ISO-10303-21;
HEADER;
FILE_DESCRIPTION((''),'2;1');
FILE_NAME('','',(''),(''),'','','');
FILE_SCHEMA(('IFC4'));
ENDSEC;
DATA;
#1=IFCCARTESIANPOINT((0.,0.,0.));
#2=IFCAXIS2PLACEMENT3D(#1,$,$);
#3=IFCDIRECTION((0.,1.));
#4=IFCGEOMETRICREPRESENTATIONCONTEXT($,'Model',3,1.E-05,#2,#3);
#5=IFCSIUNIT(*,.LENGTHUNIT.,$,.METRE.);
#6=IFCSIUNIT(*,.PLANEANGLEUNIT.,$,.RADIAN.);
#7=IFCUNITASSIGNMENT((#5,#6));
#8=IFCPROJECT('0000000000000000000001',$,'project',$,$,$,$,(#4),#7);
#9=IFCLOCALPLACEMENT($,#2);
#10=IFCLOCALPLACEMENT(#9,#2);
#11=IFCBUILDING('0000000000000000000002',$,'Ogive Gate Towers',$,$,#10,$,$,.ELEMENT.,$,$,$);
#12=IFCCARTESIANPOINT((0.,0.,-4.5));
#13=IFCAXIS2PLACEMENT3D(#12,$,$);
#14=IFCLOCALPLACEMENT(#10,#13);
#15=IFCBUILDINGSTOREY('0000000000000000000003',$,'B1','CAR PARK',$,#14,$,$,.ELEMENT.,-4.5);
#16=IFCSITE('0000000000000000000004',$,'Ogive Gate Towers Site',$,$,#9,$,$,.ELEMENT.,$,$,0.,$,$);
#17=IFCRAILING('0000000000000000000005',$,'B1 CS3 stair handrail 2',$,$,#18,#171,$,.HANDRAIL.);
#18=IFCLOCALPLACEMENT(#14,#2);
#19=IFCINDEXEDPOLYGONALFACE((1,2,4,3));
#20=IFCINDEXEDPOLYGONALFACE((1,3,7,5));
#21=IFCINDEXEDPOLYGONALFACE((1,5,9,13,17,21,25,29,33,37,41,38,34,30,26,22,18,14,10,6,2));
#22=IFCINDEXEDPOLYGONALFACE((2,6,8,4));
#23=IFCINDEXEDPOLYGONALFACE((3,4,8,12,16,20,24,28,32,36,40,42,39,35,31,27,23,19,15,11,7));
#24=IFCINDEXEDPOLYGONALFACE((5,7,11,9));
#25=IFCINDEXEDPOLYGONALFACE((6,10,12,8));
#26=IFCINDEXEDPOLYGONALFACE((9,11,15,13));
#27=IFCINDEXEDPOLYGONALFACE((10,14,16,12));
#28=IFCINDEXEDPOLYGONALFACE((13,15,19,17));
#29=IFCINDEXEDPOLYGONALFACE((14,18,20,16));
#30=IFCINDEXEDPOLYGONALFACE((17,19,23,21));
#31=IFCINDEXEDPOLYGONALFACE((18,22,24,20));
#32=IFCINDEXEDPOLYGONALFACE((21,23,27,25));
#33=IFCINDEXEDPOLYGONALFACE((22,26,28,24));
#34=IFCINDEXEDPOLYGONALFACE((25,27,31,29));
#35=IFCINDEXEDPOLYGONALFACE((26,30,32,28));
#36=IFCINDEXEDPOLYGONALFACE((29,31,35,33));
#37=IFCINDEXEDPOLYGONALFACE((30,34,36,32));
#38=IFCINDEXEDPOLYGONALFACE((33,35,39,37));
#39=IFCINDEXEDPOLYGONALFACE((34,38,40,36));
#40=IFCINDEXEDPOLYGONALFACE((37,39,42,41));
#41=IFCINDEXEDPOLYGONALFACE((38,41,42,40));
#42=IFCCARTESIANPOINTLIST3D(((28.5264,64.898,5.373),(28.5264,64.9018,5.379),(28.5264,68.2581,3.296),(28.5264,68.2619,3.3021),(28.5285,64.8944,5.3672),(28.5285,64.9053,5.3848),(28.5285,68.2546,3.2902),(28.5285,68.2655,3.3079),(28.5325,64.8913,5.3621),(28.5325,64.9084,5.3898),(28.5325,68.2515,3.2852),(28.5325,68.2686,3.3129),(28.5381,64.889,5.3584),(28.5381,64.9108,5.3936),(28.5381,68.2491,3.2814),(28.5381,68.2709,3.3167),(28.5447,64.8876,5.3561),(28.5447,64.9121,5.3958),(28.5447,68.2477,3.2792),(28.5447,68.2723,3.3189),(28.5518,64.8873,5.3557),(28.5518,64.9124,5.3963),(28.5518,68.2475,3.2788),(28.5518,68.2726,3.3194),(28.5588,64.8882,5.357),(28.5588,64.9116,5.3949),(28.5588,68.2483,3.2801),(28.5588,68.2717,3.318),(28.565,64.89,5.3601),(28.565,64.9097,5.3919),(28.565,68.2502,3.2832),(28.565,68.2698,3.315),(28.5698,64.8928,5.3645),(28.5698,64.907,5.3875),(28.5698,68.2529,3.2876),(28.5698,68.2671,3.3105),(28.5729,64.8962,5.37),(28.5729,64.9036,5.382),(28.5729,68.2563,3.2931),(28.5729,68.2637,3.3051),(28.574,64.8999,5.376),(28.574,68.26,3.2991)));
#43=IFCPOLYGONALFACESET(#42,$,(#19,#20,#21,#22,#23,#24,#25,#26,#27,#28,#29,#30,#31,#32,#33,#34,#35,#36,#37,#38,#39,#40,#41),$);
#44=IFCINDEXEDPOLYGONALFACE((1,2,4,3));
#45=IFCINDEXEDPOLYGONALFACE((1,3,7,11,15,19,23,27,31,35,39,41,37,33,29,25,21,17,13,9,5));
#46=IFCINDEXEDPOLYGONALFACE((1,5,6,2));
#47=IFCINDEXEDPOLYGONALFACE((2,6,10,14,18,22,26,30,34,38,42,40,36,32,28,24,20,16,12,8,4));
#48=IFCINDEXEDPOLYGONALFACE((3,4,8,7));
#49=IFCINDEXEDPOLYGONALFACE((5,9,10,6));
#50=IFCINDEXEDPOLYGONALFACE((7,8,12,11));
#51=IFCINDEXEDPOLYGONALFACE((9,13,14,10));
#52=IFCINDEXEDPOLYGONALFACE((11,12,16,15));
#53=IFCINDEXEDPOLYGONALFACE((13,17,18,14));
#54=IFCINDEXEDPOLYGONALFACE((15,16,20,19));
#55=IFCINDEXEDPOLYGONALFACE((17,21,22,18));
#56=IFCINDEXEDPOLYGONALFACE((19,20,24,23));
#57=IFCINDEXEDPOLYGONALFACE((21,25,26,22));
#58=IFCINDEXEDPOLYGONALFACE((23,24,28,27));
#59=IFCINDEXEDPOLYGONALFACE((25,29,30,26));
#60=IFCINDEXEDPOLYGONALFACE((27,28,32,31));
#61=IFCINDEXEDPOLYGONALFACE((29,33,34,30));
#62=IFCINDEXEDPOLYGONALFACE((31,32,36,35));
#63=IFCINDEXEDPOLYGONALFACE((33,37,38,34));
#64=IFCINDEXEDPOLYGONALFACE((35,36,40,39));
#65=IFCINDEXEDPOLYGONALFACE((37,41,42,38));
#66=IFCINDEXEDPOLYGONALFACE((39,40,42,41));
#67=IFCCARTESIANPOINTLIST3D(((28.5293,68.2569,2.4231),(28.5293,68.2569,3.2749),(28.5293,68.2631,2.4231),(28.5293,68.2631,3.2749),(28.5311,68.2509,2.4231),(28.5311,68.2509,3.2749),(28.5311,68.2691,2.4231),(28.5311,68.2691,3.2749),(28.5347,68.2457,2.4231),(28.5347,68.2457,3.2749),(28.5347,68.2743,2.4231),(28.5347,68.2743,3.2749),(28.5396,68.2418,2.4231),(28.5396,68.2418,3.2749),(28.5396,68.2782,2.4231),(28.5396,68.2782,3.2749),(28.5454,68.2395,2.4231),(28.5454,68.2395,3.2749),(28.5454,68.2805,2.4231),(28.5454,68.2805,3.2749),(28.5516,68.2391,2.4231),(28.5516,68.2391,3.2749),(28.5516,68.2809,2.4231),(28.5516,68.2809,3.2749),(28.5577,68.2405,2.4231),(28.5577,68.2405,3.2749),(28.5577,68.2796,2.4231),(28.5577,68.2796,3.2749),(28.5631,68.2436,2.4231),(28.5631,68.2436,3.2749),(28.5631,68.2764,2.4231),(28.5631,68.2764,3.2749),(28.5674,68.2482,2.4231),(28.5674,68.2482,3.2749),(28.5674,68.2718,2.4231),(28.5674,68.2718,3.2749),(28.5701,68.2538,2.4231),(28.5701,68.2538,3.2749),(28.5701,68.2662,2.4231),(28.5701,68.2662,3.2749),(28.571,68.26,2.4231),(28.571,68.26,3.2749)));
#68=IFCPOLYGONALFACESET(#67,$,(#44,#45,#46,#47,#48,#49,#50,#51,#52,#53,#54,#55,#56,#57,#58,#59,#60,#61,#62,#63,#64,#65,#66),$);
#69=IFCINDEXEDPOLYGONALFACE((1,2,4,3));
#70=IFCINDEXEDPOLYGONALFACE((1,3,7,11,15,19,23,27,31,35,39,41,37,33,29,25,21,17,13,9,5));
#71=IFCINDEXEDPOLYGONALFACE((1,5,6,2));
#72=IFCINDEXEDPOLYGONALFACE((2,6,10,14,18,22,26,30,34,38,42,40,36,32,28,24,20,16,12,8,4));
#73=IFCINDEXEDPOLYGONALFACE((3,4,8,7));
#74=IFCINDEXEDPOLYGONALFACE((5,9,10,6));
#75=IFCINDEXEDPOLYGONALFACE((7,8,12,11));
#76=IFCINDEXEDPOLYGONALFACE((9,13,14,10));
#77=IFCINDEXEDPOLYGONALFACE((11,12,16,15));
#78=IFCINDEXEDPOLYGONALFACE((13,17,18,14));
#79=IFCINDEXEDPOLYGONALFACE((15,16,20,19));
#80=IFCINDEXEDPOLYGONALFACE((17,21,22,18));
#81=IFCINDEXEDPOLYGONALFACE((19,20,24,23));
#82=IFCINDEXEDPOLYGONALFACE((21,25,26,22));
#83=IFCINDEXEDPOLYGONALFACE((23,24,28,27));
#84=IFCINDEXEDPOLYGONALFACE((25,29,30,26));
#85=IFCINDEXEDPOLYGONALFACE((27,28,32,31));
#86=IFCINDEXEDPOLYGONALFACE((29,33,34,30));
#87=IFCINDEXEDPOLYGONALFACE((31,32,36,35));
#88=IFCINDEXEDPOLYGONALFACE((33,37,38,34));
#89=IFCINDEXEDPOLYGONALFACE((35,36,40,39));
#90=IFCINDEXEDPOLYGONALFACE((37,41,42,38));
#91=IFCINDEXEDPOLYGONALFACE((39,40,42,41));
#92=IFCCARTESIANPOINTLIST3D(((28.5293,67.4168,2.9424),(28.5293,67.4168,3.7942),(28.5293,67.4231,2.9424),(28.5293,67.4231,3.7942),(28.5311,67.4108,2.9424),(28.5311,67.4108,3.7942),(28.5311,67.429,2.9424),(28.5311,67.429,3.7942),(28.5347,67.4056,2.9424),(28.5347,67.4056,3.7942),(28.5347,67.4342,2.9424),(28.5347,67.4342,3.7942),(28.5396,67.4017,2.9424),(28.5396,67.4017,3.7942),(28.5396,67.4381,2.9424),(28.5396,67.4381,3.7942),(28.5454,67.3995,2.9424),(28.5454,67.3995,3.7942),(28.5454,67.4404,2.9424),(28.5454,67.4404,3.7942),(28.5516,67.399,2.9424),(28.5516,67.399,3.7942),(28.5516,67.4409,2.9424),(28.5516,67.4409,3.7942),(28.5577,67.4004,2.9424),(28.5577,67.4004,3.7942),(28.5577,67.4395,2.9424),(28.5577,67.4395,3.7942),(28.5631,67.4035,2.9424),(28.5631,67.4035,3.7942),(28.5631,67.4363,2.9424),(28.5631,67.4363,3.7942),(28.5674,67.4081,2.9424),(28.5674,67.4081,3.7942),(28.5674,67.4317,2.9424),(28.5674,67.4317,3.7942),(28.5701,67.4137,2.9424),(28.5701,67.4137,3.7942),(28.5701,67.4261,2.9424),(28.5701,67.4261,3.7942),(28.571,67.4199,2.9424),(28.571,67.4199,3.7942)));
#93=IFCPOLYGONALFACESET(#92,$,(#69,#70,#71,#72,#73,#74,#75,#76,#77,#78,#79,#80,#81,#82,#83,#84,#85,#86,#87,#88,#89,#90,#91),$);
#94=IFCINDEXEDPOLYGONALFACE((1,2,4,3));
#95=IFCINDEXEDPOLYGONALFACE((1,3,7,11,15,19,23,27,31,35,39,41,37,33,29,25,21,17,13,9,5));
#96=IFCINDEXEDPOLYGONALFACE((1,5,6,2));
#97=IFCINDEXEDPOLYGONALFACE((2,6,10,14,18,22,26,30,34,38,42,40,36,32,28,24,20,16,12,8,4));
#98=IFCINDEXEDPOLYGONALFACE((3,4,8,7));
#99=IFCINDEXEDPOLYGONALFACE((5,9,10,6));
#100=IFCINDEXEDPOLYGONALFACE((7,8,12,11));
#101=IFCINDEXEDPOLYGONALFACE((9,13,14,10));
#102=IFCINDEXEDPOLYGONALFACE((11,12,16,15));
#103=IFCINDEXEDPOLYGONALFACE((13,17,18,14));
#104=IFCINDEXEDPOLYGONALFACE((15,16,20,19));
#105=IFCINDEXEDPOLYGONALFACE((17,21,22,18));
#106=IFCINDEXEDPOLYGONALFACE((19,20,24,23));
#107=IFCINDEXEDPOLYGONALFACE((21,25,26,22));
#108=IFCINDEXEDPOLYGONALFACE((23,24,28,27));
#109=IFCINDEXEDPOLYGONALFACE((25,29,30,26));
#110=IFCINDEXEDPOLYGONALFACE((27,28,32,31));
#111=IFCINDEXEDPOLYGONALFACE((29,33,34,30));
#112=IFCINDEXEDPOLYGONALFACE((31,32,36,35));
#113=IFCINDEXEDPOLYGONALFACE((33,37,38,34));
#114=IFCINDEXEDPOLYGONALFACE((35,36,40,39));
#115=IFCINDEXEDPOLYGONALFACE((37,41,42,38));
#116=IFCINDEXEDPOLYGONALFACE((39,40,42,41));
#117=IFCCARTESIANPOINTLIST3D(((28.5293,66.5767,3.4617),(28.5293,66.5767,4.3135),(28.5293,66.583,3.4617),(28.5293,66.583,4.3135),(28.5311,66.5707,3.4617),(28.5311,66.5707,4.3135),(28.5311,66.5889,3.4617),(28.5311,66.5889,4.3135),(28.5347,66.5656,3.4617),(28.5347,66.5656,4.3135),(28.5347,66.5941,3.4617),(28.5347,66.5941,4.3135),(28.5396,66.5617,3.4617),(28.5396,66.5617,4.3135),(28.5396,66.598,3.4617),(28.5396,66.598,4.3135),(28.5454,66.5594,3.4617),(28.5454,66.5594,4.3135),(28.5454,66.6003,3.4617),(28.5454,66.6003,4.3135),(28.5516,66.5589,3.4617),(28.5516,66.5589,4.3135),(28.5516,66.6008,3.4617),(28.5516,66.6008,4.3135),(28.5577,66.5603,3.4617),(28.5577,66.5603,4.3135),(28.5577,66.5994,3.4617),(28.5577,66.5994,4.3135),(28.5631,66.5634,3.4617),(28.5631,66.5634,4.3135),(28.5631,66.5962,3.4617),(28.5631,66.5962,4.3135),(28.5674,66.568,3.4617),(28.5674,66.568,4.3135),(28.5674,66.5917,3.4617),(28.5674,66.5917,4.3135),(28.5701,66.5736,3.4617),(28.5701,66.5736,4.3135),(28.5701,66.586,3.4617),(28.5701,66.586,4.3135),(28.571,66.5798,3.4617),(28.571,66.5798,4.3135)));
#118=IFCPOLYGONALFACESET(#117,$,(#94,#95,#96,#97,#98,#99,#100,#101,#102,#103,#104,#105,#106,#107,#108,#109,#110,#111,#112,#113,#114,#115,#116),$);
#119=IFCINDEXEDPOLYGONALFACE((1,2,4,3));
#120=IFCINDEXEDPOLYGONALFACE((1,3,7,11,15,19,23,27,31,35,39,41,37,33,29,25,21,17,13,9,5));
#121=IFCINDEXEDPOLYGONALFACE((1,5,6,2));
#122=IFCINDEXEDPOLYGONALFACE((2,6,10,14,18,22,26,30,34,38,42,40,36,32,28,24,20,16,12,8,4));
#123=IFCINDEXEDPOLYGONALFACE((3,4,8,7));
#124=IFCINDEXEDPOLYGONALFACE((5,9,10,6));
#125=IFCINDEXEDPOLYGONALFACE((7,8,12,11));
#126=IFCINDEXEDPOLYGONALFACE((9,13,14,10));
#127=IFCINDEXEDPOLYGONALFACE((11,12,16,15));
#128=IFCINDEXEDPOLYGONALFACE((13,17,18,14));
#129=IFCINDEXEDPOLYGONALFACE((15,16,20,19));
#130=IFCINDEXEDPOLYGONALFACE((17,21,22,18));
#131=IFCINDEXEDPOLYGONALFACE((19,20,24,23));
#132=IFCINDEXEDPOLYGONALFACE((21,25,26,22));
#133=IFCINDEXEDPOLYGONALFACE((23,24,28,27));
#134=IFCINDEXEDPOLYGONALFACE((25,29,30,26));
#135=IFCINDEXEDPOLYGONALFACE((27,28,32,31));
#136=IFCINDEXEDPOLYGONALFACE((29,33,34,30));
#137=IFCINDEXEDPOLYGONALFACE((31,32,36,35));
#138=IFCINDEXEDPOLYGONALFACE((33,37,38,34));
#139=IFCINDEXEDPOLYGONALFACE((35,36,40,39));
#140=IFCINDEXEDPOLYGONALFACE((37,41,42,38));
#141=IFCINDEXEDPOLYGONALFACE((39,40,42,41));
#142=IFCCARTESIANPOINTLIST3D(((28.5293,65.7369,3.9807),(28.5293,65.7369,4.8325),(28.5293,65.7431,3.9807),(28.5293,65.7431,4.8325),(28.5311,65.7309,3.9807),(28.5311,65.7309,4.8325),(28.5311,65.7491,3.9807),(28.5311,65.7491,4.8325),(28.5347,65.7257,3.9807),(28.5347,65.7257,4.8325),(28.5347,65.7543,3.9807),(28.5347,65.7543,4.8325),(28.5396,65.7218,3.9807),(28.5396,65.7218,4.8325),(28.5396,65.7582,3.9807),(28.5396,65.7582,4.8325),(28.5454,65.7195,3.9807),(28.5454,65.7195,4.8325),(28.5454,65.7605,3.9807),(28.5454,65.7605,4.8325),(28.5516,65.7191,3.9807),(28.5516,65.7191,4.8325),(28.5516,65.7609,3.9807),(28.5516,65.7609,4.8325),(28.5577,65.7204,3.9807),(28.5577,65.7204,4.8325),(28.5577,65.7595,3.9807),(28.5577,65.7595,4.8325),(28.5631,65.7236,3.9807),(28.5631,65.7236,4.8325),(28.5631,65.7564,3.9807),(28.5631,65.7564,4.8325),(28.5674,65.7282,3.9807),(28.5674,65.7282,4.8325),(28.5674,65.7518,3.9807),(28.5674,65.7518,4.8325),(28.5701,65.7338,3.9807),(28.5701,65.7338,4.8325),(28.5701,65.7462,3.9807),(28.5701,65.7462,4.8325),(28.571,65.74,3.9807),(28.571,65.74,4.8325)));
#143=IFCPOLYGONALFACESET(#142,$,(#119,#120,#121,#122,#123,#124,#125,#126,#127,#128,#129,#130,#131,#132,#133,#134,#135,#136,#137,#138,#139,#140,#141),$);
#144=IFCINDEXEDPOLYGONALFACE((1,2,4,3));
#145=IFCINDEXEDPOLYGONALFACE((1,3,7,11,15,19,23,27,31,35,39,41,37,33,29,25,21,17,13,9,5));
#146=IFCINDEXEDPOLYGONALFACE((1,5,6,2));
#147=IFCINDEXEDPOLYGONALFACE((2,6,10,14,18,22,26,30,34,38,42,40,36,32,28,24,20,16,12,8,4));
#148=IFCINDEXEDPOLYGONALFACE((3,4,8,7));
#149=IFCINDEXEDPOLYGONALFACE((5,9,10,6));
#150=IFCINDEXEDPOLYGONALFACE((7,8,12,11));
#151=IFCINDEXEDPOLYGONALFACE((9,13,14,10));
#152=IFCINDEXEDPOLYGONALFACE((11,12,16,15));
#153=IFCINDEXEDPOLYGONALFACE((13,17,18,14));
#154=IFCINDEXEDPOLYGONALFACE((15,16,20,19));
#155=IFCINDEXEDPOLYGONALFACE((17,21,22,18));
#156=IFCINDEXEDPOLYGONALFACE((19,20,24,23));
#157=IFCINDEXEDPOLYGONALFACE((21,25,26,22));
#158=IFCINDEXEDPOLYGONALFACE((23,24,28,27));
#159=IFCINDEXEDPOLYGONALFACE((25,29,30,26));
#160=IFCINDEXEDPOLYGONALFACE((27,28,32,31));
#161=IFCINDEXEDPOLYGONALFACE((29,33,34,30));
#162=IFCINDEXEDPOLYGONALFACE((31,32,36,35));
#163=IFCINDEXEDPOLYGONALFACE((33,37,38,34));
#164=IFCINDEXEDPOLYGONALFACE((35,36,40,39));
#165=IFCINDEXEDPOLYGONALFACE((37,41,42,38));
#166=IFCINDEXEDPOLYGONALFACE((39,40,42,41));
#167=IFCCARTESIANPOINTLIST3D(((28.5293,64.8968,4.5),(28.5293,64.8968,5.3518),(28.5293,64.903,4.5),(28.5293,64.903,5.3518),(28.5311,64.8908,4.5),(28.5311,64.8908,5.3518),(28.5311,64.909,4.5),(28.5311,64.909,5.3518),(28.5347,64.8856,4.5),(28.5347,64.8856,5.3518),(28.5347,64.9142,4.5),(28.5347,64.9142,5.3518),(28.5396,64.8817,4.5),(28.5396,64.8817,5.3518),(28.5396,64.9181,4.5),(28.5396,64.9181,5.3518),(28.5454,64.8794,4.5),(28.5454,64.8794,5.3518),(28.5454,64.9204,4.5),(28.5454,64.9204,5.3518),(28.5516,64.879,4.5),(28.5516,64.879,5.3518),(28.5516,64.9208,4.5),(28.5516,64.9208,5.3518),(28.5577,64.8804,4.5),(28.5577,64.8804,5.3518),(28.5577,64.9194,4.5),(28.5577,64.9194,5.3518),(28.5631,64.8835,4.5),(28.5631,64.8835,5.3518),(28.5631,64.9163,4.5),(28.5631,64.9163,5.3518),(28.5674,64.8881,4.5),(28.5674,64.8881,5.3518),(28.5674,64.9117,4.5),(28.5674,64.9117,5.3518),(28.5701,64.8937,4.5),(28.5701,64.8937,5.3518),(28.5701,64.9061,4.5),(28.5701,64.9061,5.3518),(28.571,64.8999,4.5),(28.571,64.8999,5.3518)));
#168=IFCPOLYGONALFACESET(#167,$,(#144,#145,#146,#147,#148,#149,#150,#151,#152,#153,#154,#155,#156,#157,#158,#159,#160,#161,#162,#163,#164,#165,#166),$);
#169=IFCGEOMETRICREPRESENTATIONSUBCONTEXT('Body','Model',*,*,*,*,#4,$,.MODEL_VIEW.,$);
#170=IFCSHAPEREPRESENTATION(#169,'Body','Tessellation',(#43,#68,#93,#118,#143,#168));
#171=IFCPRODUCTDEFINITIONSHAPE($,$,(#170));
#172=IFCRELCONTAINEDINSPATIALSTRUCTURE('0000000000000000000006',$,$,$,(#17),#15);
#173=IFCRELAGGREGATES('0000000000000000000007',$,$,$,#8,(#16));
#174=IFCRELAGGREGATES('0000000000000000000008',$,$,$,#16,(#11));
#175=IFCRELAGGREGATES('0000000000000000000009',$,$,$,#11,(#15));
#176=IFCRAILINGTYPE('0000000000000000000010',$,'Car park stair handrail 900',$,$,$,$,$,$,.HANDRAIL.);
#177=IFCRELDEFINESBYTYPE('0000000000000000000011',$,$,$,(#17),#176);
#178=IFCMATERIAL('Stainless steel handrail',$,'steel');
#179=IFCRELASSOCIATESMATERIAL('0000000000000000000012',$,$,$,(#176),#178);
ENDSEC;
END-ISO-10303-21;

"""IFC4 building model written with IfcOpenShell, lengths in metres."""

from ifc_helpers import new_model, si_unit, direction, frame, origin, origin_2d, place, context, subcontext, project, spatial, circle, extrude, material, type_object, element, save


model = new_model("IFC4")

# Units and contexts
model_context = context("Model", 3, precision=1e-05, world=origin(), true_north=direction((0.0, 1.0)))
body_context = subcontext(model_context, "Body", "Model", "MODEL_VIEW")
ifc_project = project(units=[si_unit("LENGTHUNIT", "METRE"), si_unit("PLANEANGLEUNIT", "RADIAN")], contexts=[model_context])

# Site, building, storey
site_placement = place(None, origin())
site = spatial("IfcSite", under=ifc_project, at=site_placement, Name="Ogive Gate Towers Site", CompositionType="ELEMENT", RefElevation=0.0)
building_placement = place(site_placement, origin())
building = spatial("IfcBuilding", under=site, at=building_placement, Name="Ogive Gate Towers", CompositionType="ELEMENT")
storey_placement = place(building_placement, frame((0.0, 0.0, -4.5)))
storey = spatial("IfcBuildingStorey", under=building, at=storey_placement, Name="B1", Description="CAR PARK", CompositionType="ELEMENT", Elevation=-4.5)

# Railing
ifc_material_1 = material(Name="Stainless steel handrail", Category="steel")
railing_type_1 = type_object("IfcRailingType", Name="Car park stair handrail 900", PredefinedType="HANDRAIL", material=ifc_material_1)
railing_1_placement = place(storey_placement, frame((28.55, 68.26, 2.4231)))
element("IfcRailing", 1, at=railing_1_placement, inside=storey, type_object=railing_type_1, Name="B1 CS3 stair handrail 2", PredefinedType="HANDRAIL", context=body_context, shape_type="SweptSolid", body=[
    extrude(circle(Radius=0.0239, at=origin_2d()), frame((0.0, 0.0, 0.876), z_axis=(0.0, -0.850623, 0.525776), x_axis=(1.0, 0.0, 0.0)), (0.0, 0.0, 1.0), 3.9502),
    extrude(circle(Radius=0.021, at=origin_2d()), origin(), (0.0, 0.0, 1.0), 0.8518),
    extrude(circle(Radius=0.021, at=origin_2d()), frame((0.0, -0.8401, 0.5193)), (0.0, 0.0, 1.0), 0.8518),
    extrude(circle(Radius=0.021, at=origin_2d()), frame((0.0, -1.6802, 1.0386)), (0.0, 0.0, 1.0), 0.8518),
    extrude(circle(Radius=0.021, at=origin_2d()), frame((0.0, -2.52, 1.5576)), (0.0, 0.0, 1.0), 0.8518),
    extrude(circle(Radius=0.021, at=origin_2d()), frame((0.0, -3.3601, 2.0769)), (0.0, 0.0, 1.0), 0.8518),
])

save(model, "model.ifc")
